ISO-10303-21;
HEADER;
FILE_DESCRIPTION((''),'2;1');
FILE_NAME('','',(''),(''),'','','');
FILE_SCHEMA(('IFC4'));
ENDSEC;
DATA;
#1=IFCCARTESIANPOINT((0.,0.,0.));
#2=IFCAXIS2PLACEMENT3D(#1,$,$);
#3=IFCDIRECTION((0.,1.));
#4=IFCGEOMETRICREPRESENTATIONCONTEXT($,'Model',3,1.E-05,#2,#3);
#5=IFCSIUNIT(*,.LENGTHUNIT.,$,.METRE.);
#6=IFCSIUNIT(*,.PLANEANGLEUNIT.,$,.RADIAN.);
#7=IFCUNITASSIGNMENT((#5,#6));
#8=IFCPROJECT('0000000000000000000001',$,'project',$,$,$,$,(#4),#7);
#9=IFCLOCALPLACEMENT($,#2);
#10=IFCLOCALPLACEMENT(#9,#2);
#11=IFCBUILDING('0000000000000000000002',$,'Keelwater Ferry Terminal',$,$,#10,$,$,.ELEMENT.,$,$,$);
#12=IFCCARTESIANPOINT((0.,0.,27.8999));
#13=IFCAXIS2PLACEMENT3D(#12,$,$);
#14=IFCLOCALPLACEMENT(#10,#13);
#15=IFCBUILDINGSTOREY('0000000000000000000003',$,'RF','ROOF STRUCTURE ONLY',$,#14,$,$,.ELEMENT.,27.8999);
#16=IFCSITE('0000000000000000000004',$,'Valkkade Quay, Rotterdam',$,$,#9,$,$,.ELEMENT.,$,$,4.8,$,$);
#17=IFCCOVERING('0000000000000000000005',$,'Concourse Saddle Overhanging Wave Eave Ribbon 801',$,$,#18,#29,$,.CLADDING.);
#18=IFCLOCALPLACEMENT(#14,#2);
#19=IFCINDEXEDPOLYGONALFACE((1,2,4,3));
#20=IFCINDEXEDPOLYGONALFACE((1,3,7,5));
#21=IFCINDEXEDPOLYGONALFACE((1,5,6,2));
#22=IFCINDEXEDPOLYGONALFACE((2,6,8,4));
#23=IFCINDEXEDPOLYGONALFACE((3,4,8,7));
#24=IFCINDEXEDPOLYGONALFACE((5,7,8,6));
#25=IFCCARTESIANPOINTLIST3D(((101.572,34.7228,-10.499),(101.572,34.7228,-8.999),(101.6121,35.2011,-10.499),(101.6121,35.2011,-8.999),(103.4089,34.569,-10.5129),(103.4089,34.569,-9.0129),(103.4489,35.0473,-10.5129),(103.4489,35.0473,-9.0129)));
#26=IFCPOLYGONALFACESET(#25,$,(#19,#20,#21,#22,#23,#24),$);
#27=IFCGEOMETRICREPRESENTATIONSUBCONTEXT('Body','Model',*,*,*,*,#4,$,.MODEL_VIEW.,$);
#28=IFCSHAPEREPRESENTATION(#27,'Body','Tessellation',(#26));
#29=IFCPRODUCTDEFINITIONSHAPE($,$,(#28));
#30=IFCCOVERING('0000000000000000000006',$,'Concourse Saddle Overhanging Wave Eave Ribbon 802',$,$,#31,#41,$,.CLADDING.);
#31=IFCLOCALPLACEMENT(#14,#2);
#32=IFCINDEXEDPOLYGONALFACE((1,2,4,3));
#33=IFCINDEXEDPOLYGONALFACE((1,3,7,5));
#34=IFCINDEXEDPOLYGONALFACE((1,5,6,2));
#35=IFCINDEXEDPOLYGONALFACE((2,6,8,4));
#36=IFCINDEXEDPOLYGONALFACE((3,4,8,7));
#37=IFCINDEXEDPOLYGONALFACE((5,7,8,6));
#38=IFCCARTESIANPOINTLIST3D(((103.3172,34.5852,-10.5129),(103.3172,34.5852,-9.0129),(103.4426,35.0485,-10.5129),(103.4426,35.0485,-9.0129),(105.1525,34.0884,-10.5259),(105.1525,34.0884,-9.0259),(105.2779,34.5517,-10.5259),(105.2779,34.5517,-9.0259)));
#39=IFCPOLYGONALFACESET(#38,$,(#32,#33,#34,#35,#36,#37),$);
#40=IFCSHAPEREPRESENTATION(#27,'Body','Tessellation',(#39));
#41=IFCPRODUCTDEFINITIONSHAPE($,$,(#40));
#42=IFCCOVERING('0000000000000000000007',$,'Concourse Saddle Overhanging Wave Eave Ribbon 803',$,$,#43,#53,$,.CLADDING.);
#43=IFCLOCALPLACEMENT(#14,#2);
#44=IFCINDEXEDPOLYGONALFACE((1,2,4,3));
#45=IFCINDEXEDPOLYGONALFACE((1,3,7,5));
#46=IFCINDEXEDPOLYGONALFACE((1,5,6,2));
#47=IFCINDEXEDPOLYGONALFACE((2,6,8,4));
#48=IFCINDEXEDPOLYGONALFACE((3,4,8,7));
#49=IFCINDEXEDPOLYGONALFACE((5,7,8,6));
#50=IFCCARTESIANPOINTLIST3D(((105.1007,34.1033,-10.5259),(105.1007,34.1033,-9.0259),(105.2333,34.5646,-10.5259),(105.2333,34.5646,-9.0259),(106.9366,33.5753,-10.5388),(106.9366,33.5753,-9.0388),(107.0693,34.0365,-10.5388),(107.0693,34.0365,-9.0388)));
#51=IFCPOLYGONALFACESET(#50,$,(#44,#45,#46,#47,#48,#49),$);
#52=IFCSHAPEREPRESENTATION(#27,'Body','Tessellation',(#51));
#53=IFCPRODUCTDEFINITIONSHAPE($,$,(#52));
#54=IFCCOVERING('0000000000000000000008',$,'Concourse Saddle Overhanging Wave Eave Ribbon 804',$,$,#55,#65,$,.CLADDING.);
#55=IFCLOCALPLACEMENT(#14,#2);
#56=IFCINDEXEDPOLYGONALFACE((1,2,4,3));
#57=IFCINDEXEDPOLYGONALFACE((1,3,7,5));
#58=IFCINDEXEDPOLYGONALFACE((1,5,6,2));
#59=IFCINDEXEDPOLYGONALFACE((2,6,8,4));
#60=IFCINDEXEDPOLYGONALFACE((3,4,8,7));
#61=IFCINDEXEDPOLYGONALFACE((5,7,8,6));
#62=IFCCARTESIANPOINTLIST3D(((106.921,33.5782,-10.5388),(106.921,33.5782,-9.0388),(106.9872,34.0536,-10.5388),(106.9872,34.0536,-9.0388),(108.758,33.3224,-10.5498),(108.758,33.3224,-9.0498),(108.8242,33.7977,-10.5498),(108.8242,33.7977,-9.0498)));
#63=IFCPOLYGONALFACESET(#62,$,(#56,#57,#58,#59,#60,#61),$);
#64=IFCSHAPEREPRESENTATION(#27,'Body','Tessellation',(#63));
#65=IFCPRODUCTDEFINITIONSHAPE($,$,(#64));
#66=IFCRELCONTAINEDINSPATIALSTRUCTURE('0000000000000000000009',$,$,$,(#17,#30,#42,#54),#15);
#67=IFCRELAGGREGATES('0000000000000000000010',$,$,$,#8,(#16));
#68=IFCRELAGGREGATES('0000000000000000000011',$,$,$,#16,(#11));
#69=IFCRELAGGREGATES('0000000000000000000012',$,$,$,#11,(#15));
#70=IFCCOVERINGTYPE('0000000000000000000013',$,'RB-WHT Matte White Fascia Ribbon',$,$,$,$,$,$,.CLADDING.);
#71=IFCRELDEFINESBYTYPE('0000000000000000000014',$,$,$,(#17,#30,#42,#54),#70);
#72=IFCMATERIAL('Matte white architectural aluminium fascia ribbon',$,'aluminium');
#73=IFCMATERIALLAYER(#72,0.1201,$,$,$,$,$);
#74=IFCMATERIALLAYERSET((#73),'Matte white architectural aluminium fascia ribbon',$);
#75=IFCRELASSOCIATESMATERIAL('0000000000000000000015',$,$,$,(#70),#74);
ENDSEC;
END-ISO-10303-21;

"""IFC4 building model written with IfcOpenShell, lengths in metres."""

from ifc_helpers import new_model, si_unit, direction, frame, origin, place, context, subcontext, project, spatial, polyline, outline, extrude, material, layer, layer_set, type_object, element, save


model = new_model("IFC4")

# Units and contexts
model_context = context("Model", 3, precision=1e-05, world=origin(), true_north=direction((0.0, 1.0)))
body_context = subcontext(model_context, "Body", "Model", "MODEL_VIEW")
ifc_project = project(units=[si_unit("LENGTHUNIT", "METRE"), si_unit("PLANEANGLEUNIT", "RADIAN")], contexts=[model_context])

# Site, building, storey
site_placement = place(None, origin())
site = spatial("IfcSite", under=ifc_project, at=site_placement, Name="Valkkade Quay, Rotterdam", CompositionType="ELEMENT", RefElevation=4.8)
building_placement = place(site_placement, origin())
building = spatial("IfcBuilding", under=site, at=building_placement, Name="Keelwater Ferry Terminal", CompositionType="ELEMENT")
storey_placement = place(building_placement, frame((0.0, 0.0, 27.8999)))
storey = spatial("IfcBuildingStorey", under=building, at=storey_placement, Name="RF", Description="ROOF STRUCTURE ONLY", CompositionType="ELEMENT", Elevation=27.8999)

# Coverings
ifc_material_1 = material(Name="Matte white architectural aluminium fascia ribbon", Category="aluminium")
ifc_layer_1 = layer(ifc_material_1, 0.1201)
ifc_layer_set_1 = layer_set([ifc_layer_1], Name="Matte white architectural aluminium fascia ribbon")
covering_type = type_object("IfcCoveringType", Name="RB-WHT Matte White Fascia Ribbon", PredefinedType="CLADDING", material=ifc_layer_set_1)
covering_1_placement = place(storey_placement, frame((101.592, 34.9619, -10.5129), z_axis=(0.0, 0.0, 1.0), x_axis=(0.996513, -0.08344, 0.0)))
element("IfcCovering", 1, at=covering_1_placement, inside=storey, type_object=covering_type, Name="Concourse Saddle Overhanging Wave Eave Ribbon 801", PredefinedType="CLADDING", context=body_context, shape_type="SweptSolid", body=[
    extrude(outline(polyline([(0.0, 0.0139), (1.8433, 0.0), (1.8433, 1.5), (0.0, 1.5139), (0.0, 0.0139)])), frame((0.0, 0.24, 0.0), z_axis=(0.0, -1.0, 0.0), x_axis=(1.0, 0.0, 0.0)), (0.0, 0.0, 1.0), 0.48),
])
covering_2_placement = place(storey_placement, frame((103.3799, 34.8169, -10.5259), z_axis=(0.0, 0.0, 1.0), x_axis=(0.965254, -0.261313, 0.0)))
element("IfcCovering", 2, at=covering_2_placement, inside=storey, type_object=covering_type, Name="Concourse Saddle Overhanging Wave Eave Ribbon 802", PredefinedType="CLADDING", context=body_context, shape_type="SweptSolid", body=[
    extrude(outline(polyline([(0.0, 0.0129), (1.9014, 0.0), (1.9014, 1.5), (0.0, 1.5129), (0.0, 0.0129)])), frame((0.0, 0.24, 0.0), z_axis=(0.0, -1.0, 0.0), x_axis=(1.0, 0.0, 0.0)), (0.0, 0.0, 1.0), 0.48),
])
covering_3_placement = place(storey_placement, frame((105.167, 34.334, -10.5388), z_axis=(0.0, 0.0, 1.0), x_axis=(0.961035, -0.276425, 0.0)))
element("IfcCovering", 3, at=covering_3_placement, inside=storey, type_object=covering_type, Name="Concourse Saddle Overhanging Wave Eave Ribbon 803", PredefinedType="CLADDING", context=body_context, shape_type="SweptSolid", body=[
    extrude(outline(polyline([(0.0, 0.0129), (1.9104, 0.0), (1.9104, 1.5), (0.0, 1.5129), (0.0, 0.0129)])), frame((0.0, 0.24, 0.0), z_axis=(0.0, -1.0, 0.0), x_axis=(1.0, 0.0, 0.0)), (0.0, 0.0, 1.0), 0.48),
])
covering_4_placement = place(storey_placement, frame((106.9541, 33.8159, -10.5498), z_axis=(0.0, 0.0, 1.0), x_axis=(0.990438, -0.137956, 0.0)))
element("IfcCovering", 4, at=covering_4_placement, inside=storey, type_object=covering_type, Name="Concourse Saddle Overhanging Wave Eave Ribbon 804", PredefinedType="CLADDING", context=body_context, shape_type="SweptSolid", body=[
    extrude(outline(polyline([(0.0, 0.011), (1.8547, 0.0), (1.8547, 1.5), (0.0, 1.511), (0.0, 0.011)])), frame((0.0, 0.24, 0.0), z_axis=(0.0, -1.0, 0.0), x_axis=(1.0, 0.0, 0.0)), (0.0, 0.0, 1.0), 0.48),
])

save(model, "model.ifc")
